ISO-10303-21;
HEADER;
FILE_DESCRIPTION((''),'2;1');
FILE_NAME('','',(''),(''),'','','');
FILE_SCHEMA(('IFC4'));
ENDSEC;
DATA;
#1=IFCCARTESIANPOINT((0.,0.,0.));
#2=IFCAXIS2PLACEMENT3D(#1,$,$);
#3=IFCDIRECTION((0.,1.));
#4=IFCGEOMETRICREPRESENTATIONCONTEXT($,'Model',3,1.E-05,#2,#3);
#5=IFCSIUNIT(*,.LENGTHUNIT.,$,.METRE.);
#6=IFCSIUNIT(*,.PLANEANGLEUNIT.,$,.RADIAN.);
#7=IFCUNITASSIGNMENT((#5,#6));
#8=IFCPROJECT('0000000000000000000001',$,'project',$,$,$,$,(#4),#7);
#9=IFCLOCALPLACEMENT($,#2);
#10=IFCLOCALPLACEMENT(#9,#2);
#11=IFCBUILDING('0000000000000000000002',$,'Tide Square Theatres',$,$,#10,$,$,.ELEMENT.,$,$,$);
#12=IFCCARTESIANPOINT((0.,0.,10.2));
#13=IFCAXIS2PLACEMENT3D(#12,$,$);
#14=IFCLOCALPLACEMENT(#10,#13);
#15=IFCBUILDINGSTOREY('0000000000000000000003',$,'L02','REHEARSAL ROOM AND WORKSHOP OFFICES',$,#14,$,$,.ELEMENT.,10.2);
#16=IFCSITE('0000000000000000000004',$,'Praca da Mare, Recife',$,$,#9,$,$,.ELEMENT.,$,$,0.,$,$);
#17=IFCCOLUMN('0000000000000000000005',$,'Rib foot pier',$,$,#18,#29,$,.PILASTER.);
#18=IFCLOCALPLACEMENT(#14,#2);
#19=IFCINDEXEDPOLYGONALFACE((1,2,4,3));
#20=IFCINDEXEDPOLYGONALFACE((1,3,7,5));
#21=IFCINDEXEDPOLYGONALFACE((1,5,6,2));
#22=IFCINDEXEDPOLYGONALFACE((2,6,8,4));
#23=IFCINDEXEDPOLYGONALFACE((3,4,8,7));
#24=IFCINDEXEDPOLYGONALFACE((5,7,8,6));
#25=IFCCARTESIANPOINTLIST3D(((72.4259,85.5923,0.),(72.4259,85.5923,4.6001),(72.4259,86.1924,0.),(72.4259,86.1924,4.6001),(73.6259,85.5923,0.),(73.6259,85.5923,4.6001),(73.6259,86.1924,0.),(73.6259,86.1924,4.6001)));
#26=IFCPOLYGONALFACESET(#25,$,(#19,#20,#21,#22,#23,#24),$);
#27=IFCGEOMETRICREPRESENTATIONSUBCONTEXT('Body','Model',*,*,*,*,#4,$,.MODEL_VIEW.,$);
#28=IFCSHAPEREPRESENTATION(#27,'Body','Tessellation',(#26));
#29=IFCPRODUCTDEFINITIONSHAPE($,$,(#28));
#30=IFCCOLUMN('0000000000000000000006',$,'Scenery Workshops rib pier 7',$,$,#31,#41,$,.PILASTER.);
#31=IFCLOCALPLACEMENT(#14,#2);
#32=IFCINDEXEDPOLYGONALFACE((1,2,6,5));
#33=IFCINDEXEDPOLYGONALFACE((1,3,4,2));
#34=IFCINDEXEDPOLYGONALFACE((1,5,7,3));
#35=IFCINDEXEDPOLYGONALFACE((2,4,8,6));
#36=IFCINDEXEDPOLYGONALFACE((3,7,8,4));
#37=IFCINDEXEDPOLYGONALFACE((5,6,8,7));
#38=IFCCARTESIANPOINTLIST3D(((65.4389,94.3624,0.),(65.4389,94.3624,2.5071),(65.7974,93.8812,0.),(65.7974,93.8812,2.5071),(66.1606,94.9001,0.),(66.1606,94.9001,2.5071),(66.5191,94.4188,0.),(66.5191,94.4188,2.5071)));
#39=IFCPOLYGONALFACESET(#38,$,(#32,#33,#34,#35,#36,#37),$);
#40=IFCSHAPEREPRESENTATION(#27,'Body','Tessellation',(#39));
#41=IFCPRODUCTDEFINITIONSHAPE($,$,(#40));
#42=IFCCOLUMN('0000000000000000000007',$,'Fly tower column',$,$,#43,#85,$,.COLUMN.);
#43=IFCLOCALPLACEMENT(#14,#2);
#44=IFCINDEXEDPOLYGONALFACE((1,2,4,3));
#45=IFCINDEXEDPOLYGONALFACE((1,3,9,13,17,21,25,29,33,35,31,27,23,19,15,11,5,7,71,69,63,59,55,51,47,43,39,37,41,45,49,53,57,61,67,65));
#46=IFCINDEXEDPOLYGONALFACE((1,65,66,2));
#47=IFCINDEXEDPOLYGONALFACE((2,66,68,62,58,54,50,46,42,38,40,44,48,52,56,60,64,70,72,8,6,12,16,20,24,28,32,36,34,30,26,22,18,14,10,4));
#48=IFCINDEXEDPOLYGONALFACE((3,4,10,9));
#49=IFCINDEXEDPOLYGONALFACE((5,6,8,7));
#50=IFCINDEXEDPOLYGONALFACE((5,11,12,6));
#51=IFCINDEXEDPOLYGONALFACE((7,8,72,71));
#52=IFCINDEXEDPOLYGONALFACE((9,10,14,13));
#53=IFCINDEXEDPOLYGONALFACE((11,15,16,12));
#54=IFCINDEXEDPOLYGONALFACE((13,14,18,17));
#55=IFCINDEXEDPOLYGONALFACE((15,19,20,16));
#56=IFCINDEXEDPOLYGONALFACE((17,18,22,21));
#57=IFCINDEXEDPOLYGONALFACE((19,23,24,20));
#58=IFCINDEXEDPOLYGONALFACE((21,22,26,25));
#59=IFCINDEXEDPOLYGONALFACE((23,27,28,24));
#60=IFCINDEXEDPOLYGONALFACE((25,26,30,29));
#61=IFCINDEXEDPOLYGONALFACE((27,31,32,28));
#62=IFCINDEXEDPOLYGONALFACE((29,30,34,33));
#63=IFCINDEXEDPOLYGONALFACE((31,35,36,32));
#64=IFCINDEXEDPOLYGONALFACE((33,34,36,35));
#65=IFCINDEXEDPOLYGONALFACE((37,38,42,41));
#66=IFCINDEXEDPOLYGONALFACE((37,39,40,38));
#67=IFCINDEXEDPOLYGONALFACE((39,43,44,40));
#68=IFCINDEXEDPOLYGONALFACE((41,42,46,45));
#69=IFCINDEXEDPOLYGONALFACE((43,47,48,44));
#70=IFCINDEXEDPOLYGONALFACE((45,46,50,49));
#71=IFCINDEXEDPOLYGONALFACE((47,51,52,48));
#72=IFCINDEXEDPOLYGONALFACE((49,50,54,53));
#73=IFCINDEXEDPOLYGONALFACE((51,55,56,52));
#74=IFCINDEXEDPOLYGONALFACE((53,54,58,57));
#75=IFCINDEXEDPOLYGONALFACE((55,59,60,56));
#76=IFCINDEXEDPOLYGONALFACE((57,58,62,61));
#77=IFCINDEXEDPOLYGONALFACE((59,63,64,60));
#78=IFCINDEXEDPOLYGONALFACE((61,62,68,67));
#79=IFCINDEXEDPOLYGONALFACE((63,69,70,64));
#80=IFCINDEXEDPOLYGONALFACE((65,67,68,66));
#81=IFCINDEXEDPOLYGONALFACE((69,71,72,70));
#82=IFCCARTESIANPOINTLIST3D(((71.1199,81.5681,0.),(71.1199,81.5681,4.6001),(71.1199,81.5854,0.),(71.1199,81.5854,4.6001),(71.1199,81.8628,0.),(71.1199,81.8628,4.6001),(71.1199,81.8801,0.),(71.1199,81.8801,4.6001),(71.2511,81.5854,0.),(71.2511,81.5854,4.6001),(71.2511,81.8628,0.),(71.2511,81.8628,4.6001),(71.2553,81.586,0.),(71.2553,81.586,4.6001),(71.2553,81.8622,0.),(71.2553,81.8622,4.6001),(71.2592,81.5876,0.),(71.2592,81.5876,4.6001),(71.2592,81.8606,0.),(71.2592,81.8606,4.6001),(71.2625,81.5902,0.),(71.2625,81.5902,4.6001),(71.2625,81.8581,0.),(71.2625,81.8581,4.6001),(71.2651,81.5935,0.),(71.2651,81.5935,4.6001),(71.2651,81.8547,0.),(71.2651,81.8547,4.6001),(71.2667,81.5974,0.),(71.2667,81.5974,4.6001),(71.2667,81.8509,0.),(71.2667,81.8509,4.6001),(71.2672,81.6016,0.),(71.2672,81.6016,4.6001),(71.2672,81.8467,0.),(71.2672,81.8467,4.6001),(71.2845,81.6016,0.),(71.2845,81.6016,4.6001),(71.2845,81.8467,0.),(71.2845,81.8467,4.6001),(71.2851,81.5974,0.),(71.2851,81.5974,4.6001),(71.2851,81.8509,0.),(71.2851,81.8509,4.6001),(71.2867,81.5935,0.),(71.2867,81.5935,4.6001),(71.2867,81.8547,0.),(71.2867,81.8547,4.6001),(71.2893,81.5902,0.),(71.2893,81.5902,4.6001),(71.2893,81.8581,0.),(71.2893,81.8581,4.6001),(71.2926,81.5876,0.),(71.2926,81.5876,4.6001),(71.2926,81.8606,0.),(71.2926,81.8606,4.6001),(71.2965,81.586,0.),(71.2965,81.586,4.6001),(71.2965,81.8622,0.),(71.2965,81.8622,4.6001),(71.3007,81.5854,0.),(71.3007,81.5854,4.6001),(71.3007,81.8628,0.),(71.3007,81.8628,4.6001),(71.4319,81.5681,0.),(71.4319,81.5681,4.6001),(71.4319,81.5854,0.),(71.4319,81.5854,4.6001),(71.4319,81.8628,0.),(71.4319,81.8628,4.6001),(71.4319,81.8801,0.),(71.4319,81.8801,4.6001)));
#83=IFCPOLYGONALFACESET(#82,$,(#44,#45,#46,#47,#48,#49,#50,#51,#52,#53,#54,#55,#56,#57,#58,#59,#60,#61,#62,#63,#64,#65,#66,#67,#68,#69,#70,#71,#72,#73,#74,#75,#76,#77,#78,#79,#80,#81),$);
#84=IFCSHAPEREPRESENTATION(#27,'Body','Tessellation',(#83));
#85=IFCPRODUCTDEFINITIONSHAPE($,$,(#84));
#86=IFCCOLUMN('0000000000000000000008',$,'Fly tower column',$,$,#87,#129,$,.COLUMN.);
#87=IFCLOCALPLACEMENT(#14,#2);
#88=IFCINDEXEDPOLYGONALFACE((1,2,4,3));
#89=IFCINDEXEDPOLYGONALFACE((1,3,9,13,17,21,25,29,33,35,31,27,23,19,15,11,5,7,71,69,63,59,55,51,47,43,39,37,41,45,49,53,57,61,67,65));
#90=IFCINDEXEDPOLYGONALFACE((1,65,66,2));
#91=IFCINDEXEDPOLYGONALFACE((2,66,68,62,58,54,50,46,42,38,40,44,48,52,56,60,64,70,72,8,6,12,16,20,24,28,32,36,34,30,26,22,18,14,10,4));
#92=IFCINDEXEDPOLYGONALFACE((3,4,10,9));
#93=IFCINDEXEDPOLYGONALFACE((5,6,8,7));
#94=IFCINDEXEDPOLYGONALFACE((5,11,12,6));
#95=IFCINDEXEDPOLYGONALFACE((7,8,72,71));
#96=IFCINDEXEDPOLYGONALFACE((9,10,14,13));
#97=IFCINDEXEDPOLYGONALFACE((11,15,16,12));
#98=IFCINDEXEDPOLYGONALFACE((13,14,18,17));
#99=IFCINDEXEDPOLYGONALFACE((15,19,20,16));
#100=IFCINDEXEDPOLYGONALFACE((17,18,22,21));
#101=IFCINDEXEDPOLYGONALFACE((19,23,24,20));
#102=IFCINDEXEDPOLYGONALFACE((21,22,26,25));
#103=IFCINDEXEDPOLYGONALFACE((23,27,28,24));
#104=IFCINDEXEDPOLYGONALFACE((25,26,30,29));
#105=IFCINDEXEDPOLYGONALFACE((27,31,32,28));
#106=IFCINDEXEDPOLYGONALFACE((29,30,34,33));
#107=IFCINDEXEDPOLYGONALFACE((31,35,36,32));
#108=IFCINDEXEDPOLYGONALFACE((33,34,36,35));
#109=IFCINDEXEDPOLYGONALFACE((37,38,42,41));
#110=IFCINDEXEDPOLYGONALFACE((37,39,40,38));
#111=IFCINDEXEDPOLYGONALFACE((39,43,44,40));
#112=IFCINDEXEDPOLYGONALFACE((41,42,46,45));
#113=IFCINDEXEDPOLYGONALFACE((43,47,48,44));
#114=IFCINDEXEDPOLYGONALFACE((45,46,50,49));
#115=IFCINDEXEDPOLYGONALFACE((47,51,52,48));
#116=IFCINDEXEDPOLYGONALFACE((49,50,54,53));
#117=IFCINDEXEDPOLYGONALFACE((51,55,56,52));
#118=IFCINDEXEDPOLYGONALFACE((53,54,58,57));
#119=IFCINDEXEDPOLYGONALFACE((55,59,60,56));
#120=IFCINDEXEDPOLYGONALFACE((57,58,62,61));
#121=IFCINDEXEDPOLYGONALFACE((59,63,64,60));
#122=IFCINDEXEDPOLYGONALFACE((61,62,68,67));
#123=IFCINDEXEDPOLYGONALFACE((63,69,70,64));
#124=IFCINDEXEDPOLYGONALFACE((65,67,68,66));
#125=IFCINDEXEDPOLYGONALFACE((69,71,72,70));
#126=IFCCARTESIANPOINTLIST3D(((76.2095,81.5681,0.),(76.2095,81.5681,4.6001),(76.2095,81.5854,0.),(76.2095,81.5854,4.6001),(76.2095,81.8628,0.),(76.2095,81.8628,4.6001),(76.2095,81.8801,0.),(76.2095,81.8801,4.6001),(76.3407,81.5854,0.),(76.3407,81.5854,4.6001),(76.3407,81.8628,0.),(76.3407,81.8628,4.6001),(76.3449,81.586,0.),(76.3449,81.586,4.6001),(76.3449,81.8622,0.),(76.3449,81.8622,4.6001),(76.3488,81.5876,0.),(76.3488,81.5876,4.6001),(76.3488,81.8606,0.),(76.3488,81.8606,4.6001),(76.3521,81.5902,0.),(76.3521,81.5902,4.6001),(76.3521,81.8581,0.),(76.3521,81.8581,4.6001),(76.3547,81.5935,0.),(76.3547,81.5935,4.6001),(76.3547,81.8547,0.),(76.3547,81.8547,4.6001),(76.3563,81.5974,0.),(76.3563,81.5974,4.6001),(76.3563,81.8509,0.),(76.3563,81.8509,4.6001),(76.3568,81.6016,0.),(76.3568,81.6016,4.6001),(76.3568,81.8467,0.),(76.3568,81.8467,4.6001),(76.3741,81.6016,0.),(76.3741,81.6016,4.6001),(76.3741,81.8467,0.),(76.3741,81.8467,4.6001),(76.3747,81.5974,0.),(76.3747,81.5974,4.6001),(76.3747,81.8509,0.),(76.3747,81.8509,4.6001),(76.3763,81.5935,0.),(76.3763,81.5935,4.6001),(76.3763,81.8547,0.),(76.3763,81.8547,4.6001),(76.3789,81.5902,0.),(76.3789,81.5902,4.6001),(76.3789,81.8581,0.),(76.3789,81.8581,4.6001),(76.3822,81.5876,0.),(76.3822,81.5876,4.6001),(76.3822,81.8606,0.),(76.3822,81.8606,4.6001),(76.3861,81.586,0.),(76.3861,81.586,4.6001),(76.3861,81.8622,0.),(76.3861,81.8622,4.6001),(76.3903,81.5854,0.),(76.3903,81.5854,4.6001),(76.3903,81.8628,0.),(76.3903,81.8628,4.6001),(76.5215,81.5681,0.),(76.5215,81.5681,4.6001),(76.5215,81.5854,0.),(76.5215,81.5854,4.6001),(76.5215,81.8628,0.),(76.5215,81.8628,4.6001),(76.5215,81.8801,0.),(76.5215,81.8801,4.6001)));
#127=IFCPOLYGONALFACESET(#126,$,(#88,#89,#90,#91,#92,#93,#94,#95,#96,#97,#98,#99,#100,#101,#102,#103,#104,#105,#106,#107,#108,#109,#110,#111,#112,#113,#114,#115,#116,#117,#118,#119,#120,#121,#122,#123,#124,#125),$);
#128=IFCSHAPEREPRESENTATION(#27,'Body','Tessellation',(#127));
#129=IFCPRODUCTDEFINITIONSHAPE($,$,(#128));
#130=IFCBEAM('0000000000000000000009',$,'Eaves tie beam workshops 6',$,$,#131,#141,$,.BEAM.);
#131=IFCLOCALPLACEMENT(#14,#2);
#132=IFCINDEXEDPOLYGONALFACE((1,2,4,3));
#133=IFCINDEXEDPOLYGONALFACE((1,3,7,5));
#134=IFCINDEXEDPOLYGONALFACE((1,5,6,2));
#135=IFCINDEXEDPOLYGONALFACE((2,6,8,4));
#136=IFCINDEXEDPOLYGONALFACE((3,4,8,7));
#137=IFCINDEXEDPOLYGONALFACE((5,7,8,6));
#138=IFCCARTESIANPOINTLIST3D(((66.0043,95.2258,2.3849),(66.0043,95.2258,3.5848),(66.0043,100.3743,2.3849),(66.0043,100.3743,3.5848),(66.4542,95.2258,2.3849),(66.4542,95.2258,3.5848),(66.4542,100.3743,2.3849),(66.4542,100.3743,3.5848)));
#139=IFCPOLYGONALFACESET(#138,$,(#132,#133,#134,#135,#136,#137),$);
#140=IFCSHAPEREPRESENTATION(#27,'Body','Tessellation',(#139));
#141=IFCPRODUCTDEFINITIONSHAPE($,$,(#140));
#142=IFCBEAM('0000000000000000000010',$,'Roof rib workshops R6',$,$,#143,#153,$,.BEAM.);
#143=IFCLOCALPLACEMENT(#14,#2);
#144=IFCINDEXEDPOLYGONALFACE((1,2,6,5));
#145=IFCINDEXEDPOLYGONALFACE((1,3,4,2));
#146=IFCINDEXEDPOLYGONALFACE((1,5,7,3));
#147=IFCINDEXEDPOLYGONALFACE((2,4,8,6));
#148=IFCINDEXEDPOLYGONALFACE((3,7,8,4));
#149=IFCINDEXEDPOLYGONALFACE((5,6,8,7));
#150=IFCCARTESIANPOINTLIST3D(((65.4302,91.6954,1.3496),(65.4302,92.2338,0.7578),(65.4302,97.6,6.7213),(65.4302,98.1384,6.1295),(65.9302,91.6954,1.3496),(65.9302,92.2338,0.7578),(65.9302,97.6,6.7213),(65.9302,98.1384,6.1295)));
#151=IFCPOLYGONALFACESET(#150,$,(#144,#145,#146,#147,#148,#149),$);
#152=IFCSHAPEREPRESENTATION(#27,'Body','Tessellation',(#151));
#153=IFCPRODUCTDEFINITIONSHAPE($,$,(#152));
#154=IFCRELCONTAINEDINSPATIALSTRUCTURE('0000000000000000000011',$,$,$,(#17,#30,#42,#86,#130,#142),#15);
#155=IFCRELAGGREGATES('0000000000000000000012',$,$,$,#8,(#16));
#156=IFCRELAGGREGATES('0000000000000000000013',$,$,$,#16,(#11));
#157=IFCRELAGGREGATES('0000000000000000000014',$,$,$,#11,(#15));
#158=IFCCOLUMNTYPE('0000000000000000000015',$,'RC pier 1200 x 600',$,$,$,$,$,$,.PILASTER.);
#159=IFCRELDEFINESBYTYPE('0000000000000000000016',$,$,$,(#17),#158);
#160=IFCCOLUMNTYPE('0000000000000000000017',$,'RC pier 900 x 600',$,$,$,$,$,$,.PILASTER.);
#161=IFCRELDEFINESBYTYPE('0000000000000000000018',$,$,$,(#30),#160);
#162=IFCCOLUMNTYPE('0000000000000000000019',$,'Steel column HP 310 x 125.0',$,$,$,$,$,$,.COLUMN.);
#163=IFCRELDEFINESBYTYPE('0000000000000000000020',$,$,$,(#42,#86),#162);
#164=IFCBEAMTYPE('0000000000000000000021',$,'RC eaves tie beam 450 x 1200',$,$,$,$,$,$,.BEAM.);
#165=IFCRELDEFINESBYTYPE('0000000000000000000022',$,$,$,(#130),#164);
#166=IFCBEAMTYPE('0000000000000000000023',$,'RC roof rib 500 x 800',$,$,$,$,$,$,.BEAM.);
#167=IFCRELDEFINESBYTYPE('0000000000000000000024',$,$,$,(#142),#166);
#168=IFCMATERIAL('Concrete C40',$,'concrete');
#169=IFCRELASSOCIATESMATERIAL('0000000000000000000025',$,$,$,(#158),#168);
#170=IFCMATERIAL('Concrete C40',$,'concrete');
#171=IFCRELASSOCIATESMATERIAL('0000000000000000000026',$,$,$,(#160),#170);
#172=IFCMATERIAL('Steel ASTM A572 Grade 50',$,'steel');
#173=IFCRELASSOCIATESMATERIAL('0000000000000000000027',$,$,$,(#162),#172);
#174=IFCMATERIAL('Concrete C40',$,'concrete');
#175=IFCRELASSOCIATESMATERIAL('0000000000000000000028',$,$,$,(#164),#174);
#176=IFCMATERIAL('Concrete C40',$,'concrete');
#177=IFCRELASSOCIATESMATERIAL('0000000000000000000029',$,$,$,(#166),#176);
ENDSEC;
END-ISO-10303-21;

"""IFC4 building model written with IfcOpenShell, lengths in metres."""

from ifc_helpers import new_model, si_unit, direction, frame, origin, origin_2d, place, context, subcontext, project, spatial, rectangle, i_section, extrude, material, material_profile, profile_set, type_object, element, save


model = new_model("IFC4")

# Units and contexts
model_context = context("Model", 3, precision=1e-05, world=origin(), true_north=direction((0.0, 1.0)))
body_context = subcontext(model_context, "Body", "Model", "MODEL_VIEW")
ifc_project = project(units=[si_unit("LENGTHUNIT", "METRE"), si_unit("PLANEANGLEUNIT", "RADIAN")], contexts=[model_context])

# Site, building, storey
site_placement = place(None, origin())
site = spatial("IfcSite", under=ifc_project, at=site_placement, Name="Praca da Mare, Recife", CompositionType="ELEMENT", RefElevation=0.0)
building_placement = place(site_placement, origin())
building = spatial("IfcBuilding", under=site, at=building_placement, Name="Tide Square Theatres", CompositionType="ELEMENT")
storey_placement = place(building_placement, frame((0.0, 0.0, 10.2)))
storey = spatial("IfcBuildingStorey", under=building, at=storey_placement, Name="L02", Description="REHEARSAL ROOM AND WORKSHOP OFFICES", CompositionType="ELEMENT", Elevation=10.2)

# Columns
ifc_material_1 = material(Name="Concrete C40", Category="concrete")
ifc_material_profile_1 = material_profile(ifc_material_1, rectangle(XDim=1.2, YDim=0.6001, at=origin_2d()))
ifc_profile_set_1 = profile_set([ifc_material_profile_1], Name="Concrete C40")
column_type_1 = type_object("IfcColumnType", Name="RC pier 1200 x 600", PredefinedType="PILASTER", material=ifc_profile_set_1)
column_1_placement = place(storey_placement, frame((73.0259, 85.8923, 0.0), z_axis=(0.0, 0.0, 1.0), x_axis=(-1.0, 0.0, 0.0)))
element("IfcColumn", 1, at=column_1_placement, inside=storey, type_object=column_type_1, Name="Rib foot pier", PredefinedType="PILASTER", context=body_context, shape_type="SweptSolid", body=[
    extrude(rectangle(XDim=1.2, YDim=0.6001, at=origin_2d()), origin(), (0.0, 0.0, 1.0), 4.6001),
])
ifc_material_2 = material(Name="Concrete C40", Category="concrete")
ifc_material_profile_2 = material_profile(ifc_material_2, rectangle(XDim=0.8999, YDim=0.6001, at=origin_2d()))
ifc_profile_set_2 = profile_set([ifc_material_profile_2], Name="Concrete C40")
column_type_2 = type_object("IfcColumnType", Name="RC pier 900 x 600", PredefinedType="PILASTER", material=ifc_profile_set_2)
column_2_placement = place(storey_placement, frame((65.979, 94.3906, 0.0), z_axis=(0.0, 0.0, 1.0), x_axis=(0.801928, 0.597421, 0.0)))
element("IfcColumn", 2, at=column_2_placement, inside=storey, type_object=column_type_2, Name="Scenery Workshops rib pier 7", PredefinedType="PILASTER", context=body_context, shape_type="SweptSolid", body=[
    extrude(rectangle(XDim=0.8999, YDim=0.6001, at=origin_2d()), origin(), (0.0, 0.0, 1.0), 2.5071),
])
ifc_material_3 = material(Name="Steel ASTM A572 Grade 50", Category="steel")
ifc_material_profile_3 = material_profile(ifc_material_3, i_section(OverallWidth=0.312, OverallDepth=0.312, WebThickness=0.0173, FlangeThickness=0.0173, FilletRadius=0.0161, at=origin_2d()))
ifc_profile_set_3 = profile_set([ifc_material_profile_3], Name="Steel ASTM A572 Grade 50")
column_type_3 = type_object("IfcColumnType", Name="Steel column HP 310 x 125.0", PredefinedType="COLUMN", material=ifc_profile_set_3)
for number, where, z_axis, x_axis, name in (
    (3, (71.2759, 81.7241, 0.0), (0.0, 0.0, 1.0), (1.0, 0.0, 0.0), "Fly tower column"),
    (4, (76.3655, 81.7241, 0.0), (0.0, 0.0, 1.0), (1.0, 0.0, 0.0), "Fly tower column"),
):
    element("IfcColumn", number, at=place(storey_placement, frame(where, z_axis=z_axis, x_axis=x_axis)), inside=storey, type_object=column_type_3, Name=name, PredefinedType="COLUMN", context=body_context, shape_type="SweptSolid", body=[
        extrude(i_section(OverallWidth=0.312, OverallDepth=0.312, WebThickness=0.0173, FlangeThickness=0.0173, FilletRadius=0.0161, at=origin_2d()), origin(), (0.0, 0.0, 1.0), 4.6001),
    ])

# Beams
ifc_material_4 = material(Name="Concrete C40", Category="concrete")
ifc_material_profile_4 = material_profile(ifc_material_4, rectangle(XDim=0.45, YDim=1.2, at=origin_2d()))
ifc_profile_set_4 = profile_set([ifc_material_profile_4], Name="Concrete C40")
beam_type_1 = type_object("IfcBeamType", Name="RC eaves tie beam 450 x 1200", PredefinedType="BEAM", material=ifc_profile_set_4)
beam_1_placement = place(storey_placement, frame((66.2292, 95.2258, 2.9849), z_axis=(0.0, 1.0, 0.0), x_axis=(-1.0, 0.0, 0.0)))
element("IfcBeam", 5, at=beam_1_placement, inside=storey, type_object=beam_type_1, Name="Eaves tie beam workshops 6", PredefinedType="BEAM", context=body_context, shape_type="SweptSolid", body=[
    extrude(rectangle(XDim=0.45, YDim=1.2, at=origin_2d()), origin(), (0.0, 0.0, 1.0), 5.1484),
])
ifc_material_5 = material(Name="Concrete C40", Category="concrete")
ifc_material_profile_5 = material_profile(ifc_material_5, rectangle(XDim=0.5, YDim=0.8, at=origin_2d()))
ifc_profile_set_5 = profile_set([ifc_material_profile_5], Name="Concrete C40")
beam_type_2 = type_object("IfcBeamType", Name="RC roof rib 500 x 800", PredefinedType="BEAM", material=ifc_profile_set_5)
beam_2_placement = place(storey_placement, frame((65.6802, 91.9646, 1.0537), z_axis=(0.0, 0.739702, 0.672935), x_axis=(-1.0, 0.0, 0.0)))
element("IfcBeam", 6, at=beam_2_placement, inside=storey, type_object=beam_type_2, Name="Roof rib workshops R6", PredefinedType="BEAM", context=body_context, shape_type="SweptSolid", body=[
    extrude(rectangle(XDim=0.5, YDim=0.8, at=origin_2d()), origin(), (0.0, 0.0, 1.0), 7.9824),
])

save(model, "model.ifc")
